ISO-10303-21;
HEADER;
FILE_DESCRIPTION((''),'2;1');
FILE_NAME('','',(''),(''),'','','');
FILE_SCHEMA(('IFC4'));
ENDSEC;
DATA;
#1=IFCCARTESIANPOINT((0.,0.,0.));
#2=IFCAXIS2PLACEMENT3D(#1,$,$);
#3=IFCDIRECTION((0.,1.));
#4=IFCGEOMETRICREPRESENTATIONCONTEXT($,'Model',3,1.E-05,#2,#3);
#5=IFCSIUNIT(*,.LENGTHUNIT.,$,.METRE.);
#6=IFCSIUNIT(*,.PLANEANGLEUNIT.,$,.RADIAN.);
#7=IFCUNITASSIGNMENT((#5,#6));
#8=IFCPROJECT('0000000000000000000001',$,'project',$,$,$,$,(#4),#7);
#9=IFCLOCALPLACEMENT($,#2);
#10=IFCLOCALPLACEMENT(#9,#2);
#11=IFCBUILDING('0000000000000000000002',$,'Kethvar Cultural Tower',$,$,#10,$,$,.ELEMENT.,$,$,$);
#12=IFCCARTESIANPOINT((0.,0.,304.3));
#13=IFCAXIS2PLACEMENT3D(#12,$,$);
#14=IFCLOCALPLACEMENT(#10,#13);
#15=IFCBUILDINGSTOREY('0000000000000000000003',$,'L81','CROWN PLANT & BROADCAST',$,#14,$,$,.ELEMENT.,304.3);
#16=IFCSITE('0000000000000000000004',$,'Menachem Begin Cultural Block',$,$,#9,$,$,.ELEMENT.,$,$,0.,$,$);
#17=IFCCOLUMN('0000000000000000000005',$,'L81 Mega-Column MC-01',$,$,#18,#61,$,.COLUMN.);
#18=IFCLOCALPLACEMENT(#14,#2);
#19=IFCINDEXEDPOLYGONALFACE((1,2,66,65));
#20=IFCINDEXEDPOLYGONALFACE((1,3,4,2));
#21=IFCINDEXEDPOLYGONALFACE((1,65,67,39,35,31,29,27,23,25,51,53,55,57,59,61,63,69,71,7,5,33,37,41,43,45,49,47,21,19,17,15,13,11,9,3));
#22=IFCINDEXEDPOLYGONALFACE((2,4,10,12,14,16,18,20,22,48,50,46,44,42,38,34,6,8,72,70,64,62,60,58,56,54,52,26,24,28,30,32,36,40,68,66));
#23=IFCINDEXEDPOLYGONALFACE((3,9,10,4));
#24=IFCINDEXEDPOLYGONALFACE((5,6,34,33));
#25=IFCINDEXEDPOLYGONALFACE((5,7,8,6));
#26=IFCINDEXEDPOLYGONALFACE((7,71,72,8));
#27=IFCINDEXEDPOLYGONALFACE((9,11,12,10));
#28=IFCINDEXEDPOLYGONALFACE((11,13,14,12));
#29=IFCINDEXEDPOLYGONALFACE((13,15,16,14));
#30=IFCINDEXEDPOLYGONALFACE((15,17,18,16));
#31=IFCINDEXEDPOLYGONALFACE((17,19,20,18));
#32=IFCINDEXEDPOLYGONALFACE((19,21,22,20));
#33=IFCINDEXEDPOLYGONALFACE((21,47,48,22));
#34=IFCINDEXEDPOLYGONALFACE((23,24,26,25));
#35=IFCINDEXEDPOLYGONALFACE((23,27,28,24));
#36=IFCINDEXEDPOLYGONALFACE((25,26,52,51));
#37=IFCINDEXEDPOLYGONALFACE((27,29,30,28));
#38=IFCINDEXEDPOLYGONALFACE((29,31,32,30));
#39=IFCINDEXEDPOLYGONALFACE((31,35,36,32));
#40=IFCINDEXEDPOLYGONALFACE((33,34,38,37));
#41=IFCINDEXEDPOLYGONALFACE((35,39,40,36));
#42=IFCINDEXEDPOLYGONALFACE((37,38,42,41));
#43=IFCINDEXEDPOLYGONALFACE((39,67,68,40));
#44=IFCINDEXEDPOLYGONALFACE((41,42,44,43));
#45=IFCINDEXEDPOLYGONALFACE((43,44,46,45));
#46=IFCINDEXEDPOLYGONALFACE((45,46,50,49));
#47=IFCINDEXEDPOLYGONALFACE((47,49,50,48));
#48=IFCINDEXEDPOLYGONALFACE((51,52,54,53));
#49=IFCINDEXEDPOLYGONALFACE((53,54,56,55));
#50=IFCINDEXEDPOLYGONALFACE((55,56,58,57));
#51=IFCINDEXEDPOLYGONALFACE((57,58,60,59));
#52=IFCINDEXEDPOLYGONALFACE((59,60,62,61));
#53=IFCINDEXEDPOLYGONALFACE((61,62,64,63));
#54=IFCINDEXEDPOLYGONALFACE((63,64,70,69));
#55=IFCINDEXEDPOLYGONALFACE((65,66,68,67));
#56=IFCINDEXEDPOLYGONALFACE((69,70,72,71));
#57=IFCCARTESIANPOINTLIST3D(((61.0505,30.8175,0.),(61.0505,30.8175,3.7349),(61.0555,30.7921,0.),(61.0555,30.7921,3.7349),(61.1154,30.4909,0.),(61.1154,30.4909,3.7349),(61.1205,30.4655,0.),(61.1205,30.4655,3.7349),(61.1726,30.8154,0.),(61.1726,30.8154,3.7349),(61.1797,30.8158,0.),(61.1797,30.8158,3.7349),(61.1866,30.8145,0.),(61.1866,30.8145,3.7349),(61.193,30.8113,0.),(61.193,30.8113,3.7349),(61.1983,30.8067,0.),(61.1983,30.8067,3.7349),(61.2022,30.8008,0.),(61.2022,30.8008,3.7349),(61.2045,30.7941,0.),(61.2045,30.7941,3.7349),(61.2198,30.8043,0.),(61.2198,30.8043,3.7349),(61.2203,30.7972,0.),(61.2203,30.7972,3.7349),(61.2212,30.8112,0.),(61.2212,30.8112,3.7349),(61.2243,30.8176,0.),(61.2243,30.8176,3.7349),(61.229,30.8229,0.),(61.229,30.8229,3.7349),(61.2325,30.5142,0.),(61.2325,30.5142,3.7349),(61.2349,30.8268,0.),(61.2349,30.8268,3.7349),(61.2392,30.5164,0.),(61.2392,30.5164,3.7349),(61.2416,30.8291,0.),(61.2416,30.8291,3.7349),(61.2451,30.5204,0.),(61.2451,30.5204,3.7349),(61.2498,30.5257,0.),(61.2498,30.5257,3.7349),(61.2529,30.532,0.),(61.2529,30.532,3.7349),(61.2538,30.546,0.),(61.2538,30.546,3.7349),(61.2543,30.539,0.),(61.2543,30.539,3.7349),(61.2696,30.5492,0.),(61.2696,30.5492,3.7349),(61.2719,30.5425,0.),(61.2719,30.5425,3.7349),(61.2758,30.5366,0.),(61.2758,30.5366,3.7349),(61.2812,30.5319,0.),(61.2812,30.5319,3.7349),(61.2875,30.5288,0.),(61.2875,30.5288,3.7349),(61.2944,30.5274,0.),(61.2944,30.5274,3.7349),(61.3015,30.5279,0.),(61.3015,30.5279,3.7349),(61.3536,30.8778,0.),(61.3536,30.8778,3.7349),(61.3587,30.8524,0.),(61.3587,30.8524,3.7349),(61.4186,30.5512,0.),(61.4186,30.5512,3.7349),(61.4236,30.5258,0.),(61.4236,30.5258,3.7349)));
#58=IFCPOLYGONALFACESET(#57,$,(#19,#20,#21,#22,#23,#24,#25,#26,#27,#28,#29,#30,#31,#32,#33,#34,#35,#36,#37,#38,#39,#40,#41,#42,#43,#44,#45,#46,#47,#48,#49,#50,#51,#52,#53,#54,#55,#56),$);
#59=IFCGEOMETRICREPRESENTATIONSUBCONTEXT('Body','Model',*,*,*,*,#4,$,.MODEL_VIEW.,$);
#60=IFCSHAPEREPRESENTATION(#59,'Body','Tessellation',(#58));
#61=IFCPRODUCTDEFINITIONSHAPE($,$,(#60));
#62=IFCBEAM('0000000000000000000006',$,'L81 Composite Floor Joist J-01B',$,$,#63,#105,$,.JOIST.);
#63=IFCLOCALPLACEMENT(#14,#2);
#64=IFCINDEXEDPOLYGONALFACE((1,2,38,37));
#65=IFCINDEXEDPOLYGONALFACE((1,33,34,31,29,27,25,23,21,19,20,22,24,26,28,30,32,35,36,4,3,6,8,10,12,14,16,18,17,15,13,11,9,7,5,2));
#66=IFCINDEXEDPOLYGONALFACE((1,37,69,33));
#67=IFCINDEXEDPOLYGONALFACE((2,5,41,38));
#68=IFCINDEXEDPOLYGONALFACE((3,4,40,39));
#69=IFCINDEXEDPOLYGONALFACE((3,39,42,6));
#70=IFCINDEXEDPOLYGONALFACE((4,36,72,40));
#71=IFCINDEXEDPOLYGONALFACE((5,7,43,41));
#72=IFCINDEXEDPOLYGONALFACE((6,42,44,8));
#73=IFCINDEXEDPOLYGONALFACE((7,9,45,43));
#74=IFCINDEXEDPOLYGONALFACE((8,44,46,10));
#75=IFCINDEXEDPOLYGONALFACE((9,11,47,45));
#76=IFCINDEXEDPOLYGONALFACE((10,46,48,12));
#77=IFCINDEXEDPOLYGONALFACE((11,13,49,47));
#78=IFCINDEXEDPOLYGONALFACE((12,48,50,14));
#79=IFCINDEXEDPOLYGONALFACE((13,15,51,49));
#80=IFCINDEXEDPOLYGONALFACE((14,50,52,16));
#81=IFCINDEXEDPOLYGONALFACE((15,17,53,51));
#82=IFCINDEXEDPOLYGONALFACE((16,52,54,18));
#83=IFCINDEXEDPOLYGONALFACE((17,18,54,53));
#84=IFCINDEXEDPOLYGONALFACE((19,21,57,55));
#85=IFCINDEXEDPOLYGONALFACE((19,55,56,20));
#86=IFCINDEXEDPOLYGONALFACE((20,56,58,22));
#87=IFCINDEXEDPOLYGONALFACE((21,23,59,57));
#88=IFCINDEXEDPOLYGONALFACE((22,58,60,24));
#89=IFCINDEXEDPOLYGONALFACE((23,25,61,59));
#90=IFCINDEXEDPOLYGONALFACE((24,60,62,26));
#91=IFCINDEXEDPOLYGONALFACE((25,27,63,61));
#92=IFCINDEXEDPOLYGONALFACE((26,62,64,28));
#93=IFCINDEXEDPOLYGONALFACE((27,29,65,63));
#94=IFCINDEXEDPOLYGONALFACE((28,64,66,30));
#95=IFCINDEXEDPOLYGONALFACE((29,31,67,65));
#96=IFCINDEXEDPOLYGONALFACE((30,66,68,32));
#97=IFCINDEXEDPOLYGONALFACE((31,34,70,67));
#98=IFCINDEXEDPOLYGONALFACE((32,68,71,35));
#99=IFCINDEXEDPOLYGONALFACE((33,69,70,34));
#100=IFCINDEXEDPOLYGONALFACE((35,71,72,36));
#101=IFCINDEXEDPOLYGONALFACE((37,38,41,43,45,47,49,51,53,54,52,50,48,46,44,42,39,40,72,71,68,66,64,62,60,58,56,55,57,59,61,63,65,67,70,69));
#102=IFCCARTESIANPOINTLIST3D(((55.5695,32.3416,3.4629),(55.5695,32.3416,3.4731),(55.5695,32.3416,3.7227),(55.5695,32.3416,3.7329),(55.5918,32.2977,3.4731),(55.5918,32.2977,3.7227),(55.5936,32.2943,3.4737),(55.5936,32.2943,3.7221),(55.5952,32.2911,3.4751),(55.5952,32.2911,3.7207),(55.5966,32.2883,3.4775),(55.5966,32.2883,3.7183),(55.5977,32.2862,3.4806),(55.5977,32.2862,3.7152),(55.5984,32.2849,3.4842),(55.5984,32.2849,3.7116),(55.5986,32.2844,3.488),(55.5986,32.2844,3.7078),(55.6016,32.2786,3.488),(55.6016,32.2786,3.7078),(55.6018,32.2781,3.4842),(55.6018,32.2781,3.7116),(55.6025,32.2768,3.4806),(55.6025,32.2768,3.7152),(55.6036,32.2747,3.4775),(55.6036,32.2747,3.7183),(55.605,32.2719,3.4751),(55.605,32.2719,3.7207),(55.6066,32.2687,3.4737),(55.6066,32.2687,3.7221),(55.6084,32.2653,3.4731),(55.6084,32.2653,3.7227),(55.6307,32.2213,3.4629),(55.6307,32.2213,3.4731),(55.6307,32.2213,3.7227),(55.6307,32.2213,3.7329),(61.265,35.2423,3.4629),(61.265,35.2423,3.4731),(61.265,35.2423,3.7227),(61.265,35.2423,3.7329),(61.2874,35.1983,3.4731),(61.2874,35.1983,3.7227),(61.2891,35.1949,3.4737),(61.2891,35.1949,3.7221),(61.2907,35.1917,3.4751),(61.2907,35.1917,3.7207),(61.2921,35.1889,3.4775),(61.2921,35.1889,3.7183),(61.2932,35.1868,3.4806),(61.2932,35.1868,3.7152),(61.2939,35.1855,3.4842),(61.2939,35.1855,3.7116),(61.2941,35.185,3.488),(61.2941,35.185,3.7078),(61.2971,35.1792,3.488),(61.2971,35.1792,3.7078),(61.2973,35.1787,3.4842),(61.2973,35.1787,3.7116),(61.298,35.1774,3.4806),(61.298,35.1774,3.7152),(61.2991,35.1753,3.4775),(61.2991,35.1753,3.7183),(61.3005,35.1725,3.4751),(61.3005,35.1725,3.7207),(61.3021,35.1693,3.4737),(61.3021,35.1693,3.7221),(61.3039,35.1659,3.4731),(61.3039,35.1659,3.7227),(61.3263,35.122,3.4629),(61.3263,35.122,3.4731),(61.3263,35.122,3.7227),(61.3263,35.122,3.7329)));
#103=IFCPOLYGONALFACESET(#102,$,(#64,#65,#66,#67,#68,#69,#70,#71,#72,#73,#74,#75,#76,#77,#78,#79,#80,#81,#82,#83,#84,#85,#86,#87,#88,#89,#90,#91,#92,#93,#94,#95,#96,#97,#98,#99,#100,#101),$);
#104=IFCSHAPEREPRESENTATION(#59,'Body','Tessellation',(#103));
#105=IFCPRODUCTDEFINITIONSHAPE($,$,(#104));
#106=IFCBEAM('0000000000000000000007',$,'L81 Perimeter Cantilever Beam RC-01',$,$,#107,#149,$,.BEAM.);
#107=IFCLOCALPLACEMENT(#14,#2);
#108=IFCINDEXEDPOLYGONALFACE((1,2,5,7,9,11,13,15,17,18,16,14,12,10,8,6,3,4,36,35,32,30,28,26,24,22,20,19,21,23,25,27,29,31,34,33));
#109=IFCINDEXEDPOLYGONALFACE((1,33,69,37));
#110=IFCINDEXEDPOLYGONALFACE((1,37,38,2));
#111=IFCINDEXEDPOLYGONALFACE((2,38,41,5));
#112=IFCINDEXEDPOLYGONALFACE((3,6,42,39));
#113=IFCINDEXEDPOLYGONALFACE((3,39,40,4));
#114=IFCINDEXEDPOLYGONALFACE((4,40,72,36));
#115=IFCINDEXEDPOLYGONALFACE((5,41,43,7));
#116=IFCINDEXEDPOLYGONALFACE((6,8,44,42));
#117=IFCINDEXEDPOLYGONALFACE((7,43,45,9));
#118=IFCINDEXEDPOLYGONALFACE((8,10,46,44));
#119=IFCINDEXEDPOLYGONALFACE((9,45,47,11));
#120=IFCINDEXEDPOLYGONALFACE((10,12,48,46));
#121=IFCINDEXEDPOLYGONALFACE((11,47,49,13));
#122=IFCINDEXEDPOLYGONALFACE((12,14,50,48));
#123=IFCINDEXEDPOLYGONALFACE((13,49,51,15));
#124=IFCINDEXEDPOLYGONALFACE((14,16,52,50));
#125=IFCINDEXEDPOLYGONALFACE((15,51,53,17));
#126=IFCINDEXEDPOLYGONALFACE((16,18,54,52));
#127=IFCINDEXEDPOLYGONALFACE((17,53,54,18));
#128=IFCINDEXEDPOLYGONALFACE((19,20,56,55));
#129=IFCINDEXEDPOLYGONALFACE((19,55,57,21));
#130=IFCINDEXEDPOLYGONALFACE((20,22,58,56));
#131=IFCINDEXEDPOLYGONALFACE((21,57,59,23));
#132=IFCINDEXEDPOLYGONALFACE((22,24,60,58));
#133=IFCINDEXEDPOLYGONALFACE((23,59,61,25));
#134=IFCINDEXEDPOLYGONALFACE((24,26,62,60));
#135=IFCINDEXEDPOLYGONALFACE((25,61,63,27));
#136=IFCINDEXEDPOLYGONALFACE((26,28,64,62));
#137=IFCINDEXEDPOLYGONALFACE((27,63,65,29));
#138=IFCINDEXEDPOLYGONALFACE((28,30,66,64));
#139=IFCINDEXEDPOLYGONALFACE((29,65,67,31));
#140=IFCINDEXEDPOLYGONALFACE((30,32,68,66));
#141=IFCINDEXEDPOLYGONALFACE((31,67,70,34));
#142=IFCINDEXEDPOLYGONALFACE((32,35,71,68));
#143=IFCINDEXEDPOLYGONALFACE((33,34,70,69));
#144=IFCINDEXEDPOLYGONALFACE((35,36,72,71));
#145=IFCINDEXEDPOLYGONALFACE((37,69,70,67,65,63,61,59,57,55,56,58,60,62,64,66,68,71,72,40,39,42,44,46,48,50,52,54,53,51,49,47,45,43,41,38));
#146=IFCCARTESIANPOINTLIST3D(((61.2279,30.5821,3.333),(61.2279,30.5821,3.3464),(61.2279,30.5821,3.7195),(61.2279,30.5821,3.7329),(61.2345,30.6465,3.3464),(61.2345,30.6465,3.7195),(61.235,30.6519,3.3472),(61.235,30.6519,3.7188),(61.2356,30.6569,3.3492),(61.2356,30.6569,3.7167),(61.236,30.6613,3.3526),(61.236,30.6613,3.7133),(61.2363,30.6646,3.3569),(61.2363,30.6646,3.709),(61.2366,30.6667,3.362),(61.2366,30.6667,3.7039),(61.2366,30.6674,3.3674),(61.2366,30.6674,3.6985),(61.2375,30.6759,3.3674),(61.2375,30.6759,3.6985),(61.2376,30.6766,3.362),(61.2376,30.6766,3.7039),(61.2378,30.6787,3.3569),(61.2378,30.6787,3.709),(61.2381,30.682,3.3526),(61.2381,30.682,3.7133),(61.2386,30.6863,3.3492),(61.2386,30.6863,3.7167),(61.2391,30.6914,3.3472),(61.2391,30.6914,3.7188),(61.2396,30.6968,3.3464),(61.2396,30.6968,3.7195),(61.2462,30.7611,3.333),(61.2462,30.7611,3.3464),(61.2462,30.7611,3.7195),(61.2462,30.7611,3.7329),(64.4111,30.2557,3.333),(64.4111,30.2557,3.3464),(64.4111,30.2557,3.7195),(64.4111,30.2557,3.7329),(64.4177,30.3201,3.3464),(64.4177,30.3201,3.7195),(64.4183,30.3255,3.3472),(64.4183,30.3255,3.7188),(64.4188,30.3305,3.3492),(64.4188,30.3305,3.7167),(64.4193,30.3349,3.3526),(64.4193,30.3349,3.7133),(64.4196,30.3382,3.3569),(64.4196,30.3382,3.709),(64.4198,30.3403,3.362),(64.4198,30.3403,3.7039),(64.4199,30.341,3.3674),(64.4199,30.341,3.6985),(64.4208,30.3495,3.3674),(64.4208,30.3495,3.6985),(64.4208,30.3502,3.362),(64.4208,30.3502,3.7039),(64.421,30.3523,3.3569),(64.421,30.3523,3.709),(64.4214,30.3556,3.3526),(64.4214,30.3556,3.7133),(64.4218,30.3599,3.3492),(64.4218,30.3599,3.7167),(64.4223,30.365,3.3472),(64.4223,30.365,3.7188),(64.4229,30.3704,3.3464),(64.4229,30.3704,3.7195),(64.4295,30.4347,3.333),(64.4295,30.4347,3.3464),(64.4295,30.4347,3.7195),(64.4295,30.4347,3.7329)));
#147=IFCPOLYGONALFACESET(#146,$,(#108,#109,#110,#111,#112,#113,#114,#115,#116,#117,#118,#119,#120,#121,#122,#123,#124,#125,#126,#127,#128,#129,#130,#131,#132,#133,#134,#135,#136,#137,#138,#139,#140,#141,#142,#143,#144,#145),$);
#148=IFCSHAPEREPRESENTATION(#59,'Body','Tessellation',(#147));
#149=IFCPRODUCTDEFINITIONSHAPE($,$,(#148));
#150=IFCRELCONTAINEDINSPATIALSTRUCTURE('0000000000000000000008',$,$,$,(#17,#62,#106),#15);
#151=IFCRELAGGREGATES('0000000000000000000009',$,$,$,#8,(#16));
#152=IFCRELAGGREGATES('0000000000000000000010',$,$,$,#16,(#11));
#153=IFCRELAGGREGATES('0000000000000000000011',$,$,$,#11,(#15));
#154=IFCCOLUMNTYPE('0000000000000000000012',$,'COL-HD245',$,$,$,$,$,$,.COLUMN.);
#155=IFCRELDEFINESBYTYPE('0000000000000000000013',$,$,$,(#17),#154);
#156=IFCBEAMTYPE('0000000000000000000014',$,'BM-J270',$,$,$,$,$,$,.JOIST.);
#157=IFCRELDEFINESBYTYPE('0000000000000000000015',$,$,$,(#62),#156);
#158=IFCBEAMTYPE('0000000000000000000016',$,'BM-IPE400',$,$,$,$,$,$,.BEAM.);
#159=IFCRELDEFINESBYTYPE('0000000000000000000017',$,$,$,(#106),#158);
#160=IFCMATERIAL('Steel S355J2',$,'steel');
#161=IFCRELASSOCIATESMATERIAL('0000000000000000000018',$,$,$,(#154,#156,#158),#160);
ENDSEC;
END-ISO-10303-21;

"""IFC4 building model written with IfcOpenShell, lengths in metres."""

from ifc_helpers import new_model, si_unit, direction, frame, origin, origin_2d, place, context, subcontext, project, spatial, i_section, extrude, source, transform, mapped, material, material_profile, profile_set, type_object, element, save


model = new_model("IFC4")

# Units and contexts
model_context = context("Model", 3, precision=1e-05, world=origin(), true_north=direction((0.0, 1.0)))
body_context = subcontext(model_context, "Body", "Model", "MODEL_VIEW")
ifc_project = project(units=[si_unit("LENGTHUNIT", "METRE"), si_unit("PLANEANGLEUNIT", "RADIAN")], contexts=[model_context])

# Site, building, storey
site_placement = place(None, origin())
site = spatial("IfcSite", under=ifc_project, at=site_placement, Name="Menachem Begin Cultural Block", CompositionType="ELEMENT", RefElevation=0.0)
building_placement = place(site_placement, origin())
building = spatial("IfcBuilding", under=site, at=building_placement, Name="Kethvar Cultural Tower", CompositionType="ELEMENT")
storey_placement = place(building_placement, frame((0.0, 0.0, 304.3)))
storey = spatial("IfcBuildingStorey", under=building, at=storey_placement, Name="L81", Description="CROWN PLANT & BROADCAST", CompositionType="ELEMENT", Elevation=304.3)

# Column
ifc_material_1 = material(Name="Steel S355J2", Category="steel")
ifc_material_profile_1 = material_profile(ifc_material_1, i_section(OverallWidth=0.3091, OverallDepth=0.3589, WebThickness=0.0161, FlangeThickness=0.0259, FilletRadius=0.0271, at=origin_2d()), Name="Steel S355J2 — HD320x245")
ifc_profile_set_1 = profile_set([ifc_material_profile_1], Name="Steel S355J2 — HD320x245")
column_type = type_object("IfcColumnType", Name="COL-HD245", PredefinedType="COLUMN", material=ifc_profile_set_1)
shared_shape_1 = source(origin(), body_context, "Body", "SweptSolid", [
    extrude(i_section(OverallWidth=0.3091, OverallDepth=0.3589, WebThickness=0.0161, FlangeThickness=0.0259, FilletRadius=0.0271, at=origin_2d()), origin(), (0.0, 0.0, 1.0), 3.7349),
])
column_placement = place(storey_placement, frame((61.2371, 30.6716, 0.0), z_axis=(0.0, 0.0, 1.0), x_axis=(0.980785, 0.19509, 0.0)))
element("IfcColumn", 1, at=column_placement, inside=storey, type_object=column_type, Name="L81 Mega-Column MC-01", PredefinedType="COLUMN", context=body_context, shape_type="MappedRepresentation", body=[
    mapped(shared_shape_1, transform((0.0, 0.0, 0.0), scale=1.0)),
])

# Beams
ifc_material_profile_2 = material_profile(ifc_material_1, i_section(OverallWidth=0.135, OverallDepth=0.27, WebThickness=0.0066, FlangeThickness=0.0103, FilletRadius=0.0149, at=origin_2d()), Name="Steel S355J2 — IPE270")
ifc_profile_set_2 = profile_set([ifc_material_profile_2], Name="Steel S355J2 — IPE270")
beam_type_1 = type_object("IfcBeamType", Name="BM-J270", PredefinedType="JOIST", material=ifc_profile_set_2)
shared_shape_2 = source(origin(), body_context, "Body", "SweptSolid", [
    extrude(i_section(OverallWidth=0.135, OverallDepth=0.27, WebThickness=0.0066, FlangeThickness=0.0103, FilletRadius=0.0149, at=origin_2d()), origin(), (0.0, 0.0, 1.0), 6.3916),
])
beam_1_placement = place(storey_placement, frame((55.6001, 32.2815, 3.5979), z_axis=(0.891095, 0.453817, 0.0), x_axis=(-0.453817, 0.891095, 0.0)))
element("IfcBeam", 2, at=beam_1_placement, inside=storey, type_object=beam_type_1, Name="L81 Composite Floor Joist J-01B", PredefinedType="JOIST", context=body_context, shape_type="MappedRepresentation", body=[
    mapped(shared_shape_2, transform((0.0, 0.0, 0.0), scale=1.0)),
])
ifc_material_profile_3 = material_profile(ifc_material_1, i_section(OverallWidth=0.1799, OverallDepth=0.3999, WebThickness=0.0085, FlangeThickness=0.0134, FilletRadius=0.021, at=origin_2d()), Name="Steel S355J2 — IPE400")
ifc_profile_set_3 = profile_set([ifc_material_profile_3], Name="Steel S355J2 — IPE400")
beam_type_2 = type_object("IfcBeamType", Name="BM-IPE400", PredefinedType="BEAM", material=ifc_profile_set_3)
shared_shape_3 = source(origin(), body_context, "Body", "SweptSolid", [
    extrude(i_section(OverallWidth=0.1799, OverallDepth=0.3999, WebThickness=0.0085, FlangeThickness=0.0134, FilletRadius=0.021, at=origin_2d()), origin(), (0.0, 0.0, 1.0), 3.2),
])
beam_2_placement = place(storey_placement, frame((61.2371, 30.6716, 3.533), z_axis=(0.994784, -0.102004, 0.0), x_axis=(0.102004, 0.994784, 0.0)))
element("IfcBeam", 3, at=beam_2_placement, inside=storey, type_object=beam_type_2, Name="L81 Perimeter Cantilever Beam RC-01", PredefinedType="BEAM", context=body_context, shape_type="MappedRepresentation", body=[
    mapped(shared_shape_3, transform((0.0, 0.0, 0.0), scale=1.0)),
])

save(model, "model.ifc")
